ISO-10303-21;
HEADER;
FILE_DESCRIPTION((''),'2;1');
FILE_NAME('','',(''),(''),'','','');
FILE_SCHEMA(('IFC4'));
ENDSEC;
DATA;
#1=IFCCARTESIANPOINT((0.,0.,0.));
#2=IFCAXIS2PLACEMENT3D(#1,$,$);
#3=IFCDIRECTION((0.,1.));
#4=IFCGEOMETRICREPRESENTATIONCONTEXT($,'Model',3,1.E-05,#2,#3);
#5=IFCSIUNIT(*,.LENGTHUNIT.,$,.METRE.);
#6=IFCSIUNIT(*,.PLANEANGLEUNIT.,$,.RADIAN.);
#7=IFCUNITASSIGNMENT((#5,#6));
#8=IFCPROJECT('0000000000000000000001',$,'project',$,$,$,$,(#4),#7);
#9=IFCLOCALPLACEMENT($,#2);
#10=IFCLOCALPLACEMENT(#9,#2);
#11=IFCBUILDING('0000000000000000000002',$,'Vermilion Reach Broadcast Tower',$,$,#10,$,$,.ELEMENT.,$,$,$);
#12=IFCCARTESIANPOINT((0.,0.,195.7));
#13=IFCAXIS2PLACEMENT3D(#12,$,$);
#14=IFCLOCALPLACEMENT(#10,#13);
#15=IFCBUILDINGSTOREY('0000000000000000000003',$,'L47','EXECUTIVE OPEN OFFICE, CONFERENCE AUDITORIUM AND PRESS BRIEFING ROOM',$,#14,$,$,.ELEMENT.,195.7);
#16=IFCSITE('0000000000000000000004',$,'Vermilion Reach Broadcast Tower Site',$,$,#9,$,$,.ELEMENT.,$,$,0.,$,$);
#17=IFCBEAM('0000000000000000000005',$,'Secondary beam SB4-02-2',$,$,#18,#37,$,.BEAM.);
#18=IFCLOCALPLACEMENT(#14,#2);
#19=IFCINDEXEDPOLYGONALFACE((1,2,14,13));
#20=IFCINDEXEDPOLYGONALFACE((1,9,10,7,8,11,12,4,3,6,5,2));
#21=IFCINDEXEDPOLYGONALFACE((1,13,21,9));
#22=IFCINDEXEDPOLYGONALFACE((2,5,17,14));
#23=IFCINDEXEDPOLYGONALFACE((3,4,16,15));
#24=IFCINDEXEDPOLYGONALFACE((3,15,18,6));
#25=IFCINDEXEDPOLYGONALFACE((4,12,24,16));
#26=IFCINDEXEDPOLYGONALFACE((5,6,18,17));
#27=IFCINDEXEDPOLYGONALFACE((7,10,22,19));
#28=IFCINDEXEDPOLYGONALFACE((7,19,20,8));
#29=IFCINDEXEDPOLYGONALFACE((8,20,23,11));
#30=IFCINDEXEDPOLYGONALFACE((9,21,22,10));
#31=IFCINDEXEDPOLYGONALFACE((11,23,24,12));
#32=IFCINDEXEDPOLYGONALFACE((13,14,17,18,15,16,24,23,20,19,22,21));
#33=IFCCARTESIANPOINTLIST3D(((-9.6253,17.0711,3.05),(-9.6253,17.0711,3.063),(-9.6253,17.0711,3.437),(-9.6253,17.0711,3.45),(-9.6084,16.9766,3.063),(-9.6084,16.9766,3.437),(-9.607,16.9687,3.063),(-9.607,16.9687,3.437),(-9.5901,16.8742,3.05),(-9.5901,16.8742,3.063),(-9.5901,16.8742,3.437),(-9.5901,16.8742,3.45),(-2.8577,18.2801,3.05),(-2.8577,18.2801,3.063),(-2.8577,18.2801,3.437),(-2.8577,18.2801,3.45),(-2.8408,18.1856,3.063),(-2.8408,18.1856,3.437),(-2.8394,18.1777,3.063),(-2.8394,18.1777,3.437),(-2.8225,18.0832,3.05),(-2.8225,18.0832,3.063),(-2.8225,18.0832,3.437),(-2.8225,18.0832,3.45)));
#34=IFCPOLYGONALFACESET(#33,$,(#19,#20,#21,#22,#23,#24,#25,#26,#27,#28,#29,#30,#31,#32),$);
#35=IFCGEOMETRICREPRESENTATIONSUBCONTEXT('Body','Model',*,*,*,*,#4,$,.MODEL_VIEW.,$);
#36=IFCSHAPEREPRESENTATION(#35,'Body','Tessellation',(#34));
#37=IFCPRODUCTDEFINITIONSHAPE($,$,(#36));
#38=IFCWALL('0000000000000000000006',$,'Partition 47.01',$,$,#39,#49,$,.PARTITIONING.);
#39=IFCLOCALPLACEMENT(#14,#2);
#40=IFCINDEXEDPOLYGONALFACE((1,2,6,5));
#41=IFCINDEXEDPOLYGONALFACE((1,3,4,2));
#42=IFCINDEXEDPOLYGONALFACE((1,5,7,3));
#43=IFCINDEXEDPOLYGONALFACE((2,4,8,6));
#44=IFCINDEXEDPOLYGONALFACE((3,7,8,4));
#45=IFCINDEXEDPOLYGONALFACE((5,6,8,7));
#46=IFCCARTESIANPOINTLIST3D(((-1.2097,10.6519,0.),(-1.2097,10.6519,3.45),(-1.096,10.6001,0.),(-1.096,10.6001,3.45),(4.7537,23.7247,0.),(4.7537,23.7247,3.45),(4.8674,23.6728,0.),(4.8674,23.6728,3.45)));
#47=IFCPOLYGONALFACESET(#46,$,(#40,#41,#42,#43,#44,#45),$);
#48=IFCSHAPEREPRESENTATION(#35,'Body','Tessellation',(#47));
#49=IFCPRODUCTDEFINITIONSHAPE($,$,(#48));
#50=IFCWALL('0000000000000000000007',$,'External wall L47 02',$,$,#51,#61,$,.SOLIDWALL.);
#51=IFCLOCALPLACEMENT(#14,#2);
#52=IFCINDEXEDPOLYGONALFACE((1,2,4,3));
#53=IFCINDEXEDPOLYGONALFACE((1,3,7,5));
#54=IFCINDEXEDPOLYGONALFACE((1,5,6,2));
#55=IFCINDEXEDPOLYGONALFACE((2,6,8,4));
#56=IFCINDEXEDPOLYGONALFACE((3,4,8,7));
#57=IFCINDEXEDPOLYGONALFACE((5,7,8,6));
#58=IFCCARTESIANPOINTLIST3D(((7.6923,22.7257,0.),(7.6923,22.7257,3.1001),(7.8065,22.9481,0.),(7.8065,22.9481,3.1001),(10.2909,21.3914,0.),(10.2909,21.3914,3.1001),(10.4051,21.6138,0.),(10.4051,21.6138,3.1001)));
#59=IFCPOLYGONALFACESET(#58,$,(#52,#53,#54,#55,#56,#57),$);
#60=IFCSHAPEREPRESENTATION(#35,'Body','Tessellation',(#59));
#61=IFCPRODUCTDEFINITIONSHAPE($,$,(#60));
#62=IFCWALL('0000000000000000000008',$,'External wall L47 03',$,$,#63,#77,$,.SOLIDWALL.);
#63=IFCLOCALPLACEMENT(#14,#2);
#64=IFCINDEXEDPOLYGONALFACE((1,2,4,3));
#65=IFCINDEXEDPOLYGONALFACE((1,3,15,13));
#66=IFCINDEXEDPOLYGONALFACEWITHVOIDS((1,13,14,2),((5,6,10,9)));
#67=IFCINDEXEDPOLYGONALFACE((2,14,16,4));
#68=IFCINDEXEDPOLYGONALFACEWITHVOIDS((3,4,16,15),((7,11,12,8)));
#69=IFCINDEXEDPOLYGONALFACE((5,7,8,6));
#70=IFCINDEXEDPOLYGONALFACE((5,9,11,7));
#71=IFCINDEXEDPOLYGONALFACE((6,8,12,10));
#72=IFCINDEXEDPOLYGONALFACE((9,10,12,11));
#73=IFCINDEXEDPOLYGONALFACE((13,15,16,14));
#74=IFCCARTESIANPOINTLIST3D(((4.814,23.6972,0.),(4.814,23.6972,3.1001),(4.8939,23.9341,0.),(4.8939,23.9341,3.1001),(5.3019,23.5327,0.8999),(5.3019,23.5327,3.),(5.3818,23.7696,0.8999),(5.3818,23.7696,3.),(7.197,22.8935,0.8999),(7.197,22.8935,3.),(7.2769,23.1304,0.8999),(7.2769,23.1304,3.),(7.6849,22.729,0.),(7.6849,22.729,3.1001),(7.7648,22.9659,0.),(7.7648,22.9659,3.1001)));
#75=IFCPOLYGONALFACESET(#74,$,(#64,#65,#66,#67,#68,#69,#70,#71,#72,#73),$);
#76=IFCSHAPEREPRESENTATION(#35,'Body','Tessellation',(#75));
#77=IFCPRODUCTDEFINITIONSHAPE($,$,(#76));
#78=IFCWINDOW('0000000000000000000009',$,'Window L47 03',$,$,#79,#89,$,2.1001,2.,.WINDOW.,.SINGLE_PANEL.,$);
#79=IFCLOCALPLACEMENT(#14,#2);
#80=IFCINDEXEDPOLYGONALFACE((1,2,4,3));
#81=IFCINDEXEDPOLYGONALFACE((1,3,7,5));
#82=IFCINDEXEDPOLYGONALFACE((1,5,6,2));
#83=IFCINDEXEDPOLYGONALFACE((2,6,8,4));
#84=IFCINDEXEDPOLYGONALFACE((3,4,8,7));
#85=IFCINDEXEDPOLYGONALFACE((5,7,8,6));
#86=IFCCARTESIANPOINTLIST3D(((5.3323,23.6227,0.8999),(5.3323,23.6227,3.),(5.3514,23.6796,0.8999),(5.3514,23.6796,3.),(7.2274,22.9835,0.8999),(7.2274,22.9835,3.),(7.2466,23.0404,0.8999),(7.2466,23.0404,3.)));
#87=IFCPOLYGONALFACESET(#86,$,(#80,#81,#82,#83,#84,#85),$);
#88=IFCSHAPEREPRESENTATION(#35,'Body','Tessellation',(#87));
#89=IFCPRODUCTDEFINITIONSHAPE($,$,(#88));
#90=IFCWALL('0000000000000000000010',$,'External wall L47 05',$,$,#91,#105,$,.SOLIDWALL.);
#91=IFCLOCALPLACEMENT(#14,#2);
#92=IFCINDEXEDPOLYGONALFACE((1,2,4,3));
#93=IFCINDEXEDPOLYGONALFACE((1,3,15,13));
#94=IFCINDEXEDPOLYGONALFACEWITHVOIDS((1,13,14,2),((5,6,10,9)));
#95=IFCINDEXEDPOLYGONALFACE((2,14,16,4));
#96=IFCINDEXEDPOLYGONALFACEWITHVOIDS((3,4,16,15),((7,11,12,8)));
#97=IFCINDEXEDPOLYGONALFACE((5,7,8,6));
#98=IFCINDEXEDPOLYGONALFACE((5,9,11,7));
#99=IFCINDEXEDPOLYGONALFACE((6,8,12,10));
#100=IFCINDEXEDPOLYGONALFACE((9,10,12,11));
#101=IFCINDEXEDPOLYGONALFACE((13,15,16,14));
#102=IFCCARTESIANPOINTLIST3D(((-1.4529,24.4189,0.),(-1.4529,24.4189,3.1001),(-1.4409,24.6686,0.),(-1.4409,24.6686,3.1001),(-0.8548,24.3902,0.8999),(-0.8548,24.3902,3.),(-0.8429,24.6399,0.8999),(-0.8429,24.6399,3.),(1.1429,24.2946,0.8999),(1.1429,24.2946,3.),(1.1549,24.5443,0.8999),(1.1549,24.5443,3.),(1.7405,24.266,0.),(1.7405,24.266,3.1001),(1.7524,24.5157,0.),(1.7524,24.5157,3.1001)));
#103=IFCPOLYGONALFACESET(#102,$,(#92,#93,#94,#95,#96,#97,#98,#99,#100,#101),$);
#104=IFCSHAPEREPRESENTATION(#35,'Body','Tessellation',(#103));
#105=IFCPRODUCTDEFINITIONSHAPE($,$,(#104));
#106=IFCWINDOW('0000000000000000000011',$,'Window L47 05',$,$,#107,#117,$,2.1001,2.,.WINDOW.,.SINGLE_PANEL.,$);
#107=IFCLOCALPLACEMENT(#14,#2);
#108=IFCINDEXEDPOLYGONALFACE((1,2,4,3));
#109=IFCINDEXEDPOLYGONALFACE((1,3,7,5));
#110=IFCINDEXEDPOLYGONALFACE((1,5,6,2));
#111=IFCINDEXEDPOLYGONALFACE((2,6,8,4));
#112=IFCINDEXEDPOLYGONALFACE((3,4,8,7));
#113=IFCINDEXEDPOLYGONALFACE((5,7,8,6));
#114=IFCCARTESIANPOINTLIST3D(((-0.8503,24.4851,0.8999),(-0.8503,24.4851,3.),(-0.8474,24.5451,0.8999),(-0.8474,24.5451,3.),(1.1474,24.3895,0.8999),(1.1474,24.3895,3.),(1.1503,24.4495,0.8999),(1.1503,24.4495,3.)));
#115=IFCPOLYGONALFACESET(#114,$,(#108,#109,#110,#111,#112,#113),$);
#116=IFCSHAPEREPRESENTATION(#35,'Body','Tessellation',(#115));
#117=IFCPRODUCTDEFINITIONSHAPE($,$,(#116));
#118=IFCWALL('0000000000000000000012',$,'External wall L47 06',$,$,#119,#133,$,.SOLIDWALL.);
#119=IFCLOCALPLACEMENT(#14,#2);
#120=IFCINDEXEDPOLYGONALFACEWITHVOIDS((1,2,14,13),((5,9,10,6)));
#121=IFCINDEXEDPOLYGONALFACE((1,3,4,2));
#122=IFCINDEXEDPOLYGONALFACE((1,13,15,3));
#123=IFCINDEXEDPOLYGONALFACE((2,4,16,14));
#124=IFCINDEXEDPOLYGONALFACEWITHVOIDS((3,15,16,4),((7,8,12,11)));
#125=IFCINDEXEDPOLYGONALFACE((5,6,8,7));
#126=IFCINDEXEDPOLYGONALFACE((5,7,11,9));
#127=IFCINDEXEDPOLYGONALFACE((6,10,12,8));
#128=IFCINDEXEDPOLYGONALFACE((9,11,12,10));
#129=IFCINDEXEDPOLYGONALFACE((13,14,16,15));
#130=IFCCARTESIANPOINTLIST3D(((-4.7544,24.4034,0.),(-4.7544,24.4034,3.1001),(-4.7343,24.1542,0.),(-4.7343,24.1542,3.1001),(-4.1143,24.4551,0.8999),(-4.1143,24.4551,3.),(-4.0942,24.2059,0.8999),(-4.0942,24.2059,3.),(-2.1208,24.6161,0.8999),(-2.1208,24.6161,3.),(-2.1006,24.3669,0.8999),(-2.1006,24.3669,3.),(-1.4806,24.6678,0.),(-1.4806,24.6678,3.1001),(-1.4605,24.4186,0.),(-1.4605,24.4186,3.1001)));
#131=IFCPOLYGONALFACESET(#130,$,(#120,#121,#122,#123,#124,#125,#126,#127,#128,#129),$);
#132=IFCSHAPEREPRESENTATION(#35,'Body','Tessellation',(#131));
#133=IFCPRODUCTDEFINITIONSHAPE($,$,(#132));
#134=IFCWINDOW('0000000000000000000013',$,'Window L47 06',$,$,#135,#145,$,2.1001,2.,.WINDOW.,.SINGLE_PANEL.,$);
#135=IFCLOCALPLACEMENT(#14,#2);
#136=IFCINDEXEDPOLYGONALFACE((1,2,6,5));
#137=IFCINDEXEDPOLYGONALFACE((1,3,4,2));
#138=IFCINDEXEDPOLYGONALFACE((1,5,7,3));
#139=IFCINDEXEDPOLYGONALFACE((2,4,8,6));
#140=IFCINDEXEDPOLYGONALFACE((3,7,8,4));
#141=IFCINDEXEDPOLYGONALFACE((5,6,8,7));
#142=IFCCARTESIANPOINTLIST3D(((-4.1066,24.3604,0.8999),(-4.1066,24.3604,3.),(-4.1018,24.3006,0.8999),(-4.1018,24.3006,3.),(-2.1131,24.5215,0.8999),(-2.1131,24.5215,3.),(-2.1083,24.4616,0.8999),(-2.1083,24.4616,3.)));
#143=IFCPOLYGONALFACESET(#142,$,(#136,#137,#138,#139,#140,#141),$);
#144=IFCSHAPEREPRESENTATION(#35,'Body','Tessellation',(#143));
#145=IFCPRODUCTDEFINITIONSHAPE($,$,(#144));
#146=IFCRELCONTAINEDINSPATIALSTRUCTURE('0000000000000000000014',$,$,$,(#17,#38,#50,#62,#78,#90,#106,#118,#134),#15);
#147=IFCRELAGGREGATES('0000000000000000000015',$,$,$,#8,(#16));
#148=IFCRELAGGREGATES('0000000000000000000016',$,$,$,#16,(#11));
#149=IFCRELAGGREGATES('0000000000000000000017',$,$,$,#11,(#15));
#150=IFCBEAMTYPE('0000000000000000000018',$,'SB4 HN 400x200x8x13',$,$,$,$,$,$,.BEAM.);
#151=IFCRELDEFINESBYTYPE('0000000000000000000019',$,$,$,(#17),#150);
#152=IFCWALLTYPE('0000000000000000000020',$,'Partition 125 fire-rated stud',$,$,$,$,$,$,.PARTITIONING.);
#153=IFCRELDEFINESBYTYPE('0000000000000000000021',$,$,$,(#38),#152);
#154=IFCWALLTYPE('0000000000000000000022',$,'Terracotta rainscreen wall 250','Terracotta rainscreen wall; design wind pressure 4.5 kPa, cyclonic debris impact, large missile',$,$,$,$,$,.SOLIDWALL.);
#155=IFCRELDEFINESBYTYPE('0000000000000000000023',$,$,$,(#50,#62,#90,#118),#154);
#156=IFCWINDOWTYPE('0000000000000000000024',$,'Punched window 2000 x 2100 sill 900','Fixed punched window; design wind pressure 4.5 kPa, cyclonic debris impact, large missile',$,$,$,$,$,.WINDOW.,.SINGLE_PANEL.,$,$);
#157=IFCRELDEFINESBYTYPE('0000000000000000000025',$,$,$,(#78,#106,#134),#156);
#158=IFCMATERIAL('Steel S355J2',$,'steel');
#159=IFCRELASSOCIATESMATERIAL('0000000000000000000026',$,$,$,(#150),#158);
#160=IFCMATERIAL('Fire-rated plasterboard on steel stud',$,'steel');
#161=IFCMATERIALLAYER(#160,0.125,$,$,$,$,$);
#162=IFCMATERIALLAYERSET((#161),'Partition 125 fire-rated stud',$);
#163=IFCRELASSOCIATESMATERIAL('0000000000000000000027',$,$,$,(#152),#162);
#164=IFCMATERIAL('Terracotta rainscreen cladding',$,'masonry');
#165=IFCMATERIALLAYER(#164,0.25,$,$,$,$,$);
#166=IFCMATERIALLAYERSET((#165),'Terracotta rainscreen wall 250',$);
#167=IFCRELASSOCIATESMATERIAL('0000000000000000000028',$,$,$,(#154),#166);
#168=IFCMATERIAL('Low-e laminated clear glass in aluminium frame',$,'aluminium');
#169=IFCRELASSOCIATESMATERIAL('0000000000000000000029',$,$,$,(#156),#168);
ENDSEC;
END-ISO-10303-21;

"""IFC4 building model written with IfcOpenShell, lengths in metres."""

from ifc_helpers import new_model, si_unit, direction, frame, frame_2d, origin, origin_2d, place, context, subcontext, project, spatial, rectangle, i_section, extrude, material, layer, layer_set, material_profile, profile_set, type_object, element, fill, save


model = new_model("IFC4")

# Units and contexts
model_context = context("Model", 3, precision=1e-05, world=origin(), true_north=direction((0.0, 1.0)))
body_context = subcontext(model_context, "Body", "Model", "MODEL_VIEW")
ifc_project = project(units=[si_unit("LENGTHUNIT", "METRE"), si_unit("PLANEANGLEUNIT", "RADIAN")], contexts=[model_context])

# Site, building, storey
site_placement = place(None, origin())
site = spatial("IfcSite", under=ifc_project, at=site_placement, Name="Vermilion Reach Broadcast Tower Site", CompositionType="ELEMENT", RefElevation=0.0)
building_placement = place(site_placement, origin())
building = spatial("IfcBuilding", under=site, at=building_placement, Name="Vermilion Reach Broadcast Tower", CompositionType="ELEMENT")
storey_placement = place(building_placement, frame((0.0, 0.0, 195.7)))
storey = spatial("IfcBuildingStorey", under=building, at=storey_placement, Name="L47", Description="EXECUTIVE OPEN OFFICE, CONFERENCE AUDITORIUM AND PRESS BRIEFING ROOM", CompositionType="ELEMENT", Elevation=195.7)

# Beam
ifc_material_1 = material(Name="Steel S355J2", Category="steel")
ifc_material_profile_1 = material_profile(ifc_material_1, i_section(OverallWidth=0.2, OverallDepth=0.3999, WebThickness=0.0081, FlangeThickness=0.0129, at=origin_2d()), Name="S355J2 HN 400x200x8x13")
ifc_profile_set_1 = profile_set([ifc_material_profile_1], Name="Steel S355J2")
beam_type_1 = type_object("IfcBeamType", Name="SB4 HN 400x200x8x13", PredefinedType="BEAM", material=ifc_profile_set_1)
beam_1_placement = place(storey_placement, frame((-2.8401, 18.1816, 3.25), z_axis=(-0.984415, -0.175859, 0.0), x_axis=(0.175859, -0.984415, 0.0)))
element("IfcBeam", 1, at=beam_1_placement, inside=storey, type_object=beam_type_1, Name="Secondary beam SB4-02-2", PredefinedType="BEAM", context=body_context, shape_type="SweptSolid", body=[
    extrude(i_section(OverallWidth=0.2, OverallDepth=0.3999, WebThickness=0.0081, FlangeThickness=0.0129, at=origin_2d()), origin(), (0.0, 0.0, 1.0), 6.8748),
])

# Walls
ifc_material_2 = material(Name="Fire-rated plasterboard on steel stud", Category="steel")
ifc_layer_1 = layer(ifc_material_2, 0.125)
ifc_layer_set_1 = layer_set([ifc_layer_1], Name="Partition 125 fire-rated stud")
wall_type_1 = type_object("IfcWallType", Name="Partition 125 fire-rated stud", PredefinedType="PARTITIONING", material=ifc_layer_set_1)
wall_1_placement = place(storey_placement, frame((4.8105, 23.6987, 0.0), z_axis=(0.0, 0.0, 1.0), x_axis=(-0.415026, -0.909809, 0.0)))
element("IfcWall", 2, at=wall_1_placement, inside=storey, type_object=wall_type_1, Name="Partition 47.01", PredefinedType="PARTITIONING", context=body_context, shape_type="SweptSolid", body=[
    extrude(rectangle(XDim=14.3687, YDim=0.125, at=frame_2d((7.1843, 0.0))), origin(), (0.0, 0.0, 1.0), 3.45),
])
ifc_material_3 = material(Name="Terracotta rainscreen cladding", Category="masonry")
ifc_layer_2 = layer(ifc_material_3, 0.25)
ifc_layer_set_2 = layer_set([ifc_layer_2], Name="Terracotta rainscreen wall 250")
wall_type_2 = type_object("IfcWallType", Name="Terracotta rainscreen wall 250", Description="Terracotta rainscreen wall; design wind pressure 4.5 kPa, cyclonic debris impact, large missile", PredefinedType="SOLIDWALL", material=ifc_layer_set_2)
wall_2_placement = place(storey_placement, frame((10.3479, 21.5027, 0.0), z_axis=(0.0, 0.0, 1.0), x_axis=(-0.889595, 0.456749, 0.0)))
element("IfcWall", 3, at=wall_2_placement, inside=storey, type_object=wall_type_2, Name="External wall L47 02", PredefinedType="SOLIDWALL", context=body_context, shape_type="SweptSolid", body=[
    extrude(rectangle(XDim=2.9211, YDim=0.25, at=frame_2d((1.4604, 0.0))), origin(), (0.0, 0.0, 1.0), 3.1001),
])

# Wall, opening, window
wall_3_placement = place(storey_placement, frame((7.7249, 22.8474, 0.0), z_axis=(0.0, 0.0, 1.0), x_axis=(-0.947557, 0.319586, 0.0)))
wall_3 = element("IfcWall", 4, at=wall_3_placement, inside=storey, type_object=wall_type_2, Name="External wall L47 03", PredefinedType="SOLIDWALL", context=body_context, shape_type="SweptSolid", body=[
    extrude(rectangle(XDim=3.0298, YDim=0.25, at=frame_2d((1.5149, 0.0))), origin(), (0.0, 0.0, 1.0), 3.1001),
])
opening_1_placement = place(wall_3_placement, frame((0.5149, 0.0, 0.8999)))
opening_1 = element("IfcOpeningElement", 5, at=opening_1_placement, cuts=wall_3, PredefinedType="OPENING", context=body_context, shape_type="SweptSolid", body=[
    extrude(rectangle(XDim=2.0, YDim=2.1001, at=frame_2d((1.0, 1.05))), frame((0.0, 0.135, 0.0), z_axis=(0.0, -1.0, 0.0), x_axis=(1.0, 0.0, 0.0)), (0.0, 0.0, 1.0), 0.27),
])
ifc_material_4 = material(Name="Low-e laminated clear glass in aluminium frame", Category="aluminium")
window_type = type_object("IfcWindowType", Name="Punched window 2000 x 2100 sill 900", Description="Fixed punched window; design wind pressure 4.5 kPa, cyclonic debris impact, large missile", PartitioningType="SINGLE_PANEL", PredefinedType="WINDOW", material=ifc_material_4)
window_1_placement = place(opening_1_placement, origin())
window_1 = element("IfcWindow", 6, at=window_1_placement, inside=storey, type_object=window_type, Name="Window L47 03", OverallHeight=2.1001, OverallWidth=2.0, PartitioningType="SINGLE_PANEL", PredefinedType="WINDOW", context=body_context, shape_type="SweptSolid", body=[
    extrude(rectangle(XDim=2.0, YDim=2.1001, at=frame_2d((1.0, 1.05))), frame((0.0, 0.03, 0.0), z_axis=(0.0, -1.0, 0.0), x_axis=(1.0, 0.0, 0.0)), (0.0, 0.0, 1.0), 0.0601),
])
fill(opening_1, window_1)

# Walls, openings, windows
wall_4_placement = place(storey_placement, frame((1.7466, 24.3909, 0.0), z_axis=(0.0, 0.0, 1.0), x_axis=(-0.998857, 0.047805, 0.0)))
wall_4 = element("IfcWall", 7, at=wall_4_placement, inside=storey, type_object=wall_type_2, Name="External wall L47 05", PredefinedType="SOLIDWALL", context=body_context, shape_type="SweptSolid", body=[
    extrude(rectangle(XDim=3.197, YDim=0.25, at=frame_2d((1.5986, 0.0))), origin(), (0.0, 0.0, 1.0), 3.1001),
])
opening_2_placement = place(wall_4_placement, frame((0.5984, 0.0, 0.8999)))
opening_2 = element("IfcOpeningElement", 8, at=opening_2_placement, cuts=wall_4, PredefinedType="OPENING", context=body_context, shape_type="SweptSolid", body=[
    extrude(rectangle(XDim=2.0, YDim=2.1001, at=frame_2d((1.0, 1.05))), frame((0.0, 0.135, 0.0), z_axis=(0.0, -1.0, 0.0), x_axis=(1.0, 0.0, 0.0)), (0.0, 0.0, 1.0), 0.27),
])
window_2_placement = place(opening_2_placement, origin())
window_2 = element("IfcWindow", 9, at=window_2_placement, inside=storey, type_object=window_type, Name="Window L47 05", OverallHeight=2.1001, OverallWidth=2.0, PartitioningType="SINGLE_PANEL", PredefinedType="WINDOW", context=body_context, shape_type="SweptSolid", body=[
    extrude(rectangle(XDim=2.0, YDim=2.1001, at=frame_2d((1.0, 1.05))), frame((0.0, 0.03, 0.0), z_axis=(0.0, -1.0, 0.0), x_axis=(1.0, 0.0, 0.0)), (0.0, 0.0, 1.0), 0.0601),
])
fill(opening_2, window_2)
wall_5_placement = place(storey_placement, frame((-1.4707, 24.5432, 0.0), z_axis=(0.0, 0.0, 1.0), x_axis=(-0.996754, -0.080505, 0.0)))
wall_5 = element("IfcWall", 10, at=wall_5_placement, inside=storey, type_object=wall_type_2, Name="External wall L47 06", PredefinedType="SOLIDWALL", context=body_context, shape_type="SweptSolid", body=[
    extrude(rectangle(XDim=3.2844, YDim=0.25, at=frame_2d((1.6421, 0.0))), origin(), (0.0, 0.0, 1.0), 3.1001),
])
opening_3_placement = place(wall_5_placement, frame((0.6421, 0.0, 0.8999)))
opening_3 = element("IfcOpeningElement", 11, at=opening_3_placement, cuts=wall_5, PredefinedType="OPENING", context=body_context, shape_type="SweptSolid", body=[
    extrude(rectangle(XDim=2.0, YDim=2.1001, at=frame_2d((1.0, 1.05))), frame((0.0, 0.135, 0.0), z_axis=(0.0, -1.0, 0.0), x_axis=(1.0, 0.0, 0.0)), (0.0, 0.0, 1.0), 0.27),
])
window_3_placement = place(opening_3_placement, origin())
window_3 = element("IfcWindow", 12, at=window_3_placement, inside=storey, type_object=window_type, Name="Window L47 06", OverallHeight=2.1001, OverallWidth=2.0, PartitioningType="SINGLE_PANEL", PredefinedType="WINDOW", context=body_context, shape_type="SweptSolid", body=[
    extrude(rectangle(XDim=2.0, YDim=2.1001, at=frame_2d((1.0, 1.05))), frame((0.0, 0.03, 0.0), z_axis=(0.0, -1.0, 0.0), x_axis=(1.0, 0.0, 0.0)), (0.0, 0.0, 1.0), 0.0601),
])
fill(opening_3, window_3)

save(model, "model.ifc")
